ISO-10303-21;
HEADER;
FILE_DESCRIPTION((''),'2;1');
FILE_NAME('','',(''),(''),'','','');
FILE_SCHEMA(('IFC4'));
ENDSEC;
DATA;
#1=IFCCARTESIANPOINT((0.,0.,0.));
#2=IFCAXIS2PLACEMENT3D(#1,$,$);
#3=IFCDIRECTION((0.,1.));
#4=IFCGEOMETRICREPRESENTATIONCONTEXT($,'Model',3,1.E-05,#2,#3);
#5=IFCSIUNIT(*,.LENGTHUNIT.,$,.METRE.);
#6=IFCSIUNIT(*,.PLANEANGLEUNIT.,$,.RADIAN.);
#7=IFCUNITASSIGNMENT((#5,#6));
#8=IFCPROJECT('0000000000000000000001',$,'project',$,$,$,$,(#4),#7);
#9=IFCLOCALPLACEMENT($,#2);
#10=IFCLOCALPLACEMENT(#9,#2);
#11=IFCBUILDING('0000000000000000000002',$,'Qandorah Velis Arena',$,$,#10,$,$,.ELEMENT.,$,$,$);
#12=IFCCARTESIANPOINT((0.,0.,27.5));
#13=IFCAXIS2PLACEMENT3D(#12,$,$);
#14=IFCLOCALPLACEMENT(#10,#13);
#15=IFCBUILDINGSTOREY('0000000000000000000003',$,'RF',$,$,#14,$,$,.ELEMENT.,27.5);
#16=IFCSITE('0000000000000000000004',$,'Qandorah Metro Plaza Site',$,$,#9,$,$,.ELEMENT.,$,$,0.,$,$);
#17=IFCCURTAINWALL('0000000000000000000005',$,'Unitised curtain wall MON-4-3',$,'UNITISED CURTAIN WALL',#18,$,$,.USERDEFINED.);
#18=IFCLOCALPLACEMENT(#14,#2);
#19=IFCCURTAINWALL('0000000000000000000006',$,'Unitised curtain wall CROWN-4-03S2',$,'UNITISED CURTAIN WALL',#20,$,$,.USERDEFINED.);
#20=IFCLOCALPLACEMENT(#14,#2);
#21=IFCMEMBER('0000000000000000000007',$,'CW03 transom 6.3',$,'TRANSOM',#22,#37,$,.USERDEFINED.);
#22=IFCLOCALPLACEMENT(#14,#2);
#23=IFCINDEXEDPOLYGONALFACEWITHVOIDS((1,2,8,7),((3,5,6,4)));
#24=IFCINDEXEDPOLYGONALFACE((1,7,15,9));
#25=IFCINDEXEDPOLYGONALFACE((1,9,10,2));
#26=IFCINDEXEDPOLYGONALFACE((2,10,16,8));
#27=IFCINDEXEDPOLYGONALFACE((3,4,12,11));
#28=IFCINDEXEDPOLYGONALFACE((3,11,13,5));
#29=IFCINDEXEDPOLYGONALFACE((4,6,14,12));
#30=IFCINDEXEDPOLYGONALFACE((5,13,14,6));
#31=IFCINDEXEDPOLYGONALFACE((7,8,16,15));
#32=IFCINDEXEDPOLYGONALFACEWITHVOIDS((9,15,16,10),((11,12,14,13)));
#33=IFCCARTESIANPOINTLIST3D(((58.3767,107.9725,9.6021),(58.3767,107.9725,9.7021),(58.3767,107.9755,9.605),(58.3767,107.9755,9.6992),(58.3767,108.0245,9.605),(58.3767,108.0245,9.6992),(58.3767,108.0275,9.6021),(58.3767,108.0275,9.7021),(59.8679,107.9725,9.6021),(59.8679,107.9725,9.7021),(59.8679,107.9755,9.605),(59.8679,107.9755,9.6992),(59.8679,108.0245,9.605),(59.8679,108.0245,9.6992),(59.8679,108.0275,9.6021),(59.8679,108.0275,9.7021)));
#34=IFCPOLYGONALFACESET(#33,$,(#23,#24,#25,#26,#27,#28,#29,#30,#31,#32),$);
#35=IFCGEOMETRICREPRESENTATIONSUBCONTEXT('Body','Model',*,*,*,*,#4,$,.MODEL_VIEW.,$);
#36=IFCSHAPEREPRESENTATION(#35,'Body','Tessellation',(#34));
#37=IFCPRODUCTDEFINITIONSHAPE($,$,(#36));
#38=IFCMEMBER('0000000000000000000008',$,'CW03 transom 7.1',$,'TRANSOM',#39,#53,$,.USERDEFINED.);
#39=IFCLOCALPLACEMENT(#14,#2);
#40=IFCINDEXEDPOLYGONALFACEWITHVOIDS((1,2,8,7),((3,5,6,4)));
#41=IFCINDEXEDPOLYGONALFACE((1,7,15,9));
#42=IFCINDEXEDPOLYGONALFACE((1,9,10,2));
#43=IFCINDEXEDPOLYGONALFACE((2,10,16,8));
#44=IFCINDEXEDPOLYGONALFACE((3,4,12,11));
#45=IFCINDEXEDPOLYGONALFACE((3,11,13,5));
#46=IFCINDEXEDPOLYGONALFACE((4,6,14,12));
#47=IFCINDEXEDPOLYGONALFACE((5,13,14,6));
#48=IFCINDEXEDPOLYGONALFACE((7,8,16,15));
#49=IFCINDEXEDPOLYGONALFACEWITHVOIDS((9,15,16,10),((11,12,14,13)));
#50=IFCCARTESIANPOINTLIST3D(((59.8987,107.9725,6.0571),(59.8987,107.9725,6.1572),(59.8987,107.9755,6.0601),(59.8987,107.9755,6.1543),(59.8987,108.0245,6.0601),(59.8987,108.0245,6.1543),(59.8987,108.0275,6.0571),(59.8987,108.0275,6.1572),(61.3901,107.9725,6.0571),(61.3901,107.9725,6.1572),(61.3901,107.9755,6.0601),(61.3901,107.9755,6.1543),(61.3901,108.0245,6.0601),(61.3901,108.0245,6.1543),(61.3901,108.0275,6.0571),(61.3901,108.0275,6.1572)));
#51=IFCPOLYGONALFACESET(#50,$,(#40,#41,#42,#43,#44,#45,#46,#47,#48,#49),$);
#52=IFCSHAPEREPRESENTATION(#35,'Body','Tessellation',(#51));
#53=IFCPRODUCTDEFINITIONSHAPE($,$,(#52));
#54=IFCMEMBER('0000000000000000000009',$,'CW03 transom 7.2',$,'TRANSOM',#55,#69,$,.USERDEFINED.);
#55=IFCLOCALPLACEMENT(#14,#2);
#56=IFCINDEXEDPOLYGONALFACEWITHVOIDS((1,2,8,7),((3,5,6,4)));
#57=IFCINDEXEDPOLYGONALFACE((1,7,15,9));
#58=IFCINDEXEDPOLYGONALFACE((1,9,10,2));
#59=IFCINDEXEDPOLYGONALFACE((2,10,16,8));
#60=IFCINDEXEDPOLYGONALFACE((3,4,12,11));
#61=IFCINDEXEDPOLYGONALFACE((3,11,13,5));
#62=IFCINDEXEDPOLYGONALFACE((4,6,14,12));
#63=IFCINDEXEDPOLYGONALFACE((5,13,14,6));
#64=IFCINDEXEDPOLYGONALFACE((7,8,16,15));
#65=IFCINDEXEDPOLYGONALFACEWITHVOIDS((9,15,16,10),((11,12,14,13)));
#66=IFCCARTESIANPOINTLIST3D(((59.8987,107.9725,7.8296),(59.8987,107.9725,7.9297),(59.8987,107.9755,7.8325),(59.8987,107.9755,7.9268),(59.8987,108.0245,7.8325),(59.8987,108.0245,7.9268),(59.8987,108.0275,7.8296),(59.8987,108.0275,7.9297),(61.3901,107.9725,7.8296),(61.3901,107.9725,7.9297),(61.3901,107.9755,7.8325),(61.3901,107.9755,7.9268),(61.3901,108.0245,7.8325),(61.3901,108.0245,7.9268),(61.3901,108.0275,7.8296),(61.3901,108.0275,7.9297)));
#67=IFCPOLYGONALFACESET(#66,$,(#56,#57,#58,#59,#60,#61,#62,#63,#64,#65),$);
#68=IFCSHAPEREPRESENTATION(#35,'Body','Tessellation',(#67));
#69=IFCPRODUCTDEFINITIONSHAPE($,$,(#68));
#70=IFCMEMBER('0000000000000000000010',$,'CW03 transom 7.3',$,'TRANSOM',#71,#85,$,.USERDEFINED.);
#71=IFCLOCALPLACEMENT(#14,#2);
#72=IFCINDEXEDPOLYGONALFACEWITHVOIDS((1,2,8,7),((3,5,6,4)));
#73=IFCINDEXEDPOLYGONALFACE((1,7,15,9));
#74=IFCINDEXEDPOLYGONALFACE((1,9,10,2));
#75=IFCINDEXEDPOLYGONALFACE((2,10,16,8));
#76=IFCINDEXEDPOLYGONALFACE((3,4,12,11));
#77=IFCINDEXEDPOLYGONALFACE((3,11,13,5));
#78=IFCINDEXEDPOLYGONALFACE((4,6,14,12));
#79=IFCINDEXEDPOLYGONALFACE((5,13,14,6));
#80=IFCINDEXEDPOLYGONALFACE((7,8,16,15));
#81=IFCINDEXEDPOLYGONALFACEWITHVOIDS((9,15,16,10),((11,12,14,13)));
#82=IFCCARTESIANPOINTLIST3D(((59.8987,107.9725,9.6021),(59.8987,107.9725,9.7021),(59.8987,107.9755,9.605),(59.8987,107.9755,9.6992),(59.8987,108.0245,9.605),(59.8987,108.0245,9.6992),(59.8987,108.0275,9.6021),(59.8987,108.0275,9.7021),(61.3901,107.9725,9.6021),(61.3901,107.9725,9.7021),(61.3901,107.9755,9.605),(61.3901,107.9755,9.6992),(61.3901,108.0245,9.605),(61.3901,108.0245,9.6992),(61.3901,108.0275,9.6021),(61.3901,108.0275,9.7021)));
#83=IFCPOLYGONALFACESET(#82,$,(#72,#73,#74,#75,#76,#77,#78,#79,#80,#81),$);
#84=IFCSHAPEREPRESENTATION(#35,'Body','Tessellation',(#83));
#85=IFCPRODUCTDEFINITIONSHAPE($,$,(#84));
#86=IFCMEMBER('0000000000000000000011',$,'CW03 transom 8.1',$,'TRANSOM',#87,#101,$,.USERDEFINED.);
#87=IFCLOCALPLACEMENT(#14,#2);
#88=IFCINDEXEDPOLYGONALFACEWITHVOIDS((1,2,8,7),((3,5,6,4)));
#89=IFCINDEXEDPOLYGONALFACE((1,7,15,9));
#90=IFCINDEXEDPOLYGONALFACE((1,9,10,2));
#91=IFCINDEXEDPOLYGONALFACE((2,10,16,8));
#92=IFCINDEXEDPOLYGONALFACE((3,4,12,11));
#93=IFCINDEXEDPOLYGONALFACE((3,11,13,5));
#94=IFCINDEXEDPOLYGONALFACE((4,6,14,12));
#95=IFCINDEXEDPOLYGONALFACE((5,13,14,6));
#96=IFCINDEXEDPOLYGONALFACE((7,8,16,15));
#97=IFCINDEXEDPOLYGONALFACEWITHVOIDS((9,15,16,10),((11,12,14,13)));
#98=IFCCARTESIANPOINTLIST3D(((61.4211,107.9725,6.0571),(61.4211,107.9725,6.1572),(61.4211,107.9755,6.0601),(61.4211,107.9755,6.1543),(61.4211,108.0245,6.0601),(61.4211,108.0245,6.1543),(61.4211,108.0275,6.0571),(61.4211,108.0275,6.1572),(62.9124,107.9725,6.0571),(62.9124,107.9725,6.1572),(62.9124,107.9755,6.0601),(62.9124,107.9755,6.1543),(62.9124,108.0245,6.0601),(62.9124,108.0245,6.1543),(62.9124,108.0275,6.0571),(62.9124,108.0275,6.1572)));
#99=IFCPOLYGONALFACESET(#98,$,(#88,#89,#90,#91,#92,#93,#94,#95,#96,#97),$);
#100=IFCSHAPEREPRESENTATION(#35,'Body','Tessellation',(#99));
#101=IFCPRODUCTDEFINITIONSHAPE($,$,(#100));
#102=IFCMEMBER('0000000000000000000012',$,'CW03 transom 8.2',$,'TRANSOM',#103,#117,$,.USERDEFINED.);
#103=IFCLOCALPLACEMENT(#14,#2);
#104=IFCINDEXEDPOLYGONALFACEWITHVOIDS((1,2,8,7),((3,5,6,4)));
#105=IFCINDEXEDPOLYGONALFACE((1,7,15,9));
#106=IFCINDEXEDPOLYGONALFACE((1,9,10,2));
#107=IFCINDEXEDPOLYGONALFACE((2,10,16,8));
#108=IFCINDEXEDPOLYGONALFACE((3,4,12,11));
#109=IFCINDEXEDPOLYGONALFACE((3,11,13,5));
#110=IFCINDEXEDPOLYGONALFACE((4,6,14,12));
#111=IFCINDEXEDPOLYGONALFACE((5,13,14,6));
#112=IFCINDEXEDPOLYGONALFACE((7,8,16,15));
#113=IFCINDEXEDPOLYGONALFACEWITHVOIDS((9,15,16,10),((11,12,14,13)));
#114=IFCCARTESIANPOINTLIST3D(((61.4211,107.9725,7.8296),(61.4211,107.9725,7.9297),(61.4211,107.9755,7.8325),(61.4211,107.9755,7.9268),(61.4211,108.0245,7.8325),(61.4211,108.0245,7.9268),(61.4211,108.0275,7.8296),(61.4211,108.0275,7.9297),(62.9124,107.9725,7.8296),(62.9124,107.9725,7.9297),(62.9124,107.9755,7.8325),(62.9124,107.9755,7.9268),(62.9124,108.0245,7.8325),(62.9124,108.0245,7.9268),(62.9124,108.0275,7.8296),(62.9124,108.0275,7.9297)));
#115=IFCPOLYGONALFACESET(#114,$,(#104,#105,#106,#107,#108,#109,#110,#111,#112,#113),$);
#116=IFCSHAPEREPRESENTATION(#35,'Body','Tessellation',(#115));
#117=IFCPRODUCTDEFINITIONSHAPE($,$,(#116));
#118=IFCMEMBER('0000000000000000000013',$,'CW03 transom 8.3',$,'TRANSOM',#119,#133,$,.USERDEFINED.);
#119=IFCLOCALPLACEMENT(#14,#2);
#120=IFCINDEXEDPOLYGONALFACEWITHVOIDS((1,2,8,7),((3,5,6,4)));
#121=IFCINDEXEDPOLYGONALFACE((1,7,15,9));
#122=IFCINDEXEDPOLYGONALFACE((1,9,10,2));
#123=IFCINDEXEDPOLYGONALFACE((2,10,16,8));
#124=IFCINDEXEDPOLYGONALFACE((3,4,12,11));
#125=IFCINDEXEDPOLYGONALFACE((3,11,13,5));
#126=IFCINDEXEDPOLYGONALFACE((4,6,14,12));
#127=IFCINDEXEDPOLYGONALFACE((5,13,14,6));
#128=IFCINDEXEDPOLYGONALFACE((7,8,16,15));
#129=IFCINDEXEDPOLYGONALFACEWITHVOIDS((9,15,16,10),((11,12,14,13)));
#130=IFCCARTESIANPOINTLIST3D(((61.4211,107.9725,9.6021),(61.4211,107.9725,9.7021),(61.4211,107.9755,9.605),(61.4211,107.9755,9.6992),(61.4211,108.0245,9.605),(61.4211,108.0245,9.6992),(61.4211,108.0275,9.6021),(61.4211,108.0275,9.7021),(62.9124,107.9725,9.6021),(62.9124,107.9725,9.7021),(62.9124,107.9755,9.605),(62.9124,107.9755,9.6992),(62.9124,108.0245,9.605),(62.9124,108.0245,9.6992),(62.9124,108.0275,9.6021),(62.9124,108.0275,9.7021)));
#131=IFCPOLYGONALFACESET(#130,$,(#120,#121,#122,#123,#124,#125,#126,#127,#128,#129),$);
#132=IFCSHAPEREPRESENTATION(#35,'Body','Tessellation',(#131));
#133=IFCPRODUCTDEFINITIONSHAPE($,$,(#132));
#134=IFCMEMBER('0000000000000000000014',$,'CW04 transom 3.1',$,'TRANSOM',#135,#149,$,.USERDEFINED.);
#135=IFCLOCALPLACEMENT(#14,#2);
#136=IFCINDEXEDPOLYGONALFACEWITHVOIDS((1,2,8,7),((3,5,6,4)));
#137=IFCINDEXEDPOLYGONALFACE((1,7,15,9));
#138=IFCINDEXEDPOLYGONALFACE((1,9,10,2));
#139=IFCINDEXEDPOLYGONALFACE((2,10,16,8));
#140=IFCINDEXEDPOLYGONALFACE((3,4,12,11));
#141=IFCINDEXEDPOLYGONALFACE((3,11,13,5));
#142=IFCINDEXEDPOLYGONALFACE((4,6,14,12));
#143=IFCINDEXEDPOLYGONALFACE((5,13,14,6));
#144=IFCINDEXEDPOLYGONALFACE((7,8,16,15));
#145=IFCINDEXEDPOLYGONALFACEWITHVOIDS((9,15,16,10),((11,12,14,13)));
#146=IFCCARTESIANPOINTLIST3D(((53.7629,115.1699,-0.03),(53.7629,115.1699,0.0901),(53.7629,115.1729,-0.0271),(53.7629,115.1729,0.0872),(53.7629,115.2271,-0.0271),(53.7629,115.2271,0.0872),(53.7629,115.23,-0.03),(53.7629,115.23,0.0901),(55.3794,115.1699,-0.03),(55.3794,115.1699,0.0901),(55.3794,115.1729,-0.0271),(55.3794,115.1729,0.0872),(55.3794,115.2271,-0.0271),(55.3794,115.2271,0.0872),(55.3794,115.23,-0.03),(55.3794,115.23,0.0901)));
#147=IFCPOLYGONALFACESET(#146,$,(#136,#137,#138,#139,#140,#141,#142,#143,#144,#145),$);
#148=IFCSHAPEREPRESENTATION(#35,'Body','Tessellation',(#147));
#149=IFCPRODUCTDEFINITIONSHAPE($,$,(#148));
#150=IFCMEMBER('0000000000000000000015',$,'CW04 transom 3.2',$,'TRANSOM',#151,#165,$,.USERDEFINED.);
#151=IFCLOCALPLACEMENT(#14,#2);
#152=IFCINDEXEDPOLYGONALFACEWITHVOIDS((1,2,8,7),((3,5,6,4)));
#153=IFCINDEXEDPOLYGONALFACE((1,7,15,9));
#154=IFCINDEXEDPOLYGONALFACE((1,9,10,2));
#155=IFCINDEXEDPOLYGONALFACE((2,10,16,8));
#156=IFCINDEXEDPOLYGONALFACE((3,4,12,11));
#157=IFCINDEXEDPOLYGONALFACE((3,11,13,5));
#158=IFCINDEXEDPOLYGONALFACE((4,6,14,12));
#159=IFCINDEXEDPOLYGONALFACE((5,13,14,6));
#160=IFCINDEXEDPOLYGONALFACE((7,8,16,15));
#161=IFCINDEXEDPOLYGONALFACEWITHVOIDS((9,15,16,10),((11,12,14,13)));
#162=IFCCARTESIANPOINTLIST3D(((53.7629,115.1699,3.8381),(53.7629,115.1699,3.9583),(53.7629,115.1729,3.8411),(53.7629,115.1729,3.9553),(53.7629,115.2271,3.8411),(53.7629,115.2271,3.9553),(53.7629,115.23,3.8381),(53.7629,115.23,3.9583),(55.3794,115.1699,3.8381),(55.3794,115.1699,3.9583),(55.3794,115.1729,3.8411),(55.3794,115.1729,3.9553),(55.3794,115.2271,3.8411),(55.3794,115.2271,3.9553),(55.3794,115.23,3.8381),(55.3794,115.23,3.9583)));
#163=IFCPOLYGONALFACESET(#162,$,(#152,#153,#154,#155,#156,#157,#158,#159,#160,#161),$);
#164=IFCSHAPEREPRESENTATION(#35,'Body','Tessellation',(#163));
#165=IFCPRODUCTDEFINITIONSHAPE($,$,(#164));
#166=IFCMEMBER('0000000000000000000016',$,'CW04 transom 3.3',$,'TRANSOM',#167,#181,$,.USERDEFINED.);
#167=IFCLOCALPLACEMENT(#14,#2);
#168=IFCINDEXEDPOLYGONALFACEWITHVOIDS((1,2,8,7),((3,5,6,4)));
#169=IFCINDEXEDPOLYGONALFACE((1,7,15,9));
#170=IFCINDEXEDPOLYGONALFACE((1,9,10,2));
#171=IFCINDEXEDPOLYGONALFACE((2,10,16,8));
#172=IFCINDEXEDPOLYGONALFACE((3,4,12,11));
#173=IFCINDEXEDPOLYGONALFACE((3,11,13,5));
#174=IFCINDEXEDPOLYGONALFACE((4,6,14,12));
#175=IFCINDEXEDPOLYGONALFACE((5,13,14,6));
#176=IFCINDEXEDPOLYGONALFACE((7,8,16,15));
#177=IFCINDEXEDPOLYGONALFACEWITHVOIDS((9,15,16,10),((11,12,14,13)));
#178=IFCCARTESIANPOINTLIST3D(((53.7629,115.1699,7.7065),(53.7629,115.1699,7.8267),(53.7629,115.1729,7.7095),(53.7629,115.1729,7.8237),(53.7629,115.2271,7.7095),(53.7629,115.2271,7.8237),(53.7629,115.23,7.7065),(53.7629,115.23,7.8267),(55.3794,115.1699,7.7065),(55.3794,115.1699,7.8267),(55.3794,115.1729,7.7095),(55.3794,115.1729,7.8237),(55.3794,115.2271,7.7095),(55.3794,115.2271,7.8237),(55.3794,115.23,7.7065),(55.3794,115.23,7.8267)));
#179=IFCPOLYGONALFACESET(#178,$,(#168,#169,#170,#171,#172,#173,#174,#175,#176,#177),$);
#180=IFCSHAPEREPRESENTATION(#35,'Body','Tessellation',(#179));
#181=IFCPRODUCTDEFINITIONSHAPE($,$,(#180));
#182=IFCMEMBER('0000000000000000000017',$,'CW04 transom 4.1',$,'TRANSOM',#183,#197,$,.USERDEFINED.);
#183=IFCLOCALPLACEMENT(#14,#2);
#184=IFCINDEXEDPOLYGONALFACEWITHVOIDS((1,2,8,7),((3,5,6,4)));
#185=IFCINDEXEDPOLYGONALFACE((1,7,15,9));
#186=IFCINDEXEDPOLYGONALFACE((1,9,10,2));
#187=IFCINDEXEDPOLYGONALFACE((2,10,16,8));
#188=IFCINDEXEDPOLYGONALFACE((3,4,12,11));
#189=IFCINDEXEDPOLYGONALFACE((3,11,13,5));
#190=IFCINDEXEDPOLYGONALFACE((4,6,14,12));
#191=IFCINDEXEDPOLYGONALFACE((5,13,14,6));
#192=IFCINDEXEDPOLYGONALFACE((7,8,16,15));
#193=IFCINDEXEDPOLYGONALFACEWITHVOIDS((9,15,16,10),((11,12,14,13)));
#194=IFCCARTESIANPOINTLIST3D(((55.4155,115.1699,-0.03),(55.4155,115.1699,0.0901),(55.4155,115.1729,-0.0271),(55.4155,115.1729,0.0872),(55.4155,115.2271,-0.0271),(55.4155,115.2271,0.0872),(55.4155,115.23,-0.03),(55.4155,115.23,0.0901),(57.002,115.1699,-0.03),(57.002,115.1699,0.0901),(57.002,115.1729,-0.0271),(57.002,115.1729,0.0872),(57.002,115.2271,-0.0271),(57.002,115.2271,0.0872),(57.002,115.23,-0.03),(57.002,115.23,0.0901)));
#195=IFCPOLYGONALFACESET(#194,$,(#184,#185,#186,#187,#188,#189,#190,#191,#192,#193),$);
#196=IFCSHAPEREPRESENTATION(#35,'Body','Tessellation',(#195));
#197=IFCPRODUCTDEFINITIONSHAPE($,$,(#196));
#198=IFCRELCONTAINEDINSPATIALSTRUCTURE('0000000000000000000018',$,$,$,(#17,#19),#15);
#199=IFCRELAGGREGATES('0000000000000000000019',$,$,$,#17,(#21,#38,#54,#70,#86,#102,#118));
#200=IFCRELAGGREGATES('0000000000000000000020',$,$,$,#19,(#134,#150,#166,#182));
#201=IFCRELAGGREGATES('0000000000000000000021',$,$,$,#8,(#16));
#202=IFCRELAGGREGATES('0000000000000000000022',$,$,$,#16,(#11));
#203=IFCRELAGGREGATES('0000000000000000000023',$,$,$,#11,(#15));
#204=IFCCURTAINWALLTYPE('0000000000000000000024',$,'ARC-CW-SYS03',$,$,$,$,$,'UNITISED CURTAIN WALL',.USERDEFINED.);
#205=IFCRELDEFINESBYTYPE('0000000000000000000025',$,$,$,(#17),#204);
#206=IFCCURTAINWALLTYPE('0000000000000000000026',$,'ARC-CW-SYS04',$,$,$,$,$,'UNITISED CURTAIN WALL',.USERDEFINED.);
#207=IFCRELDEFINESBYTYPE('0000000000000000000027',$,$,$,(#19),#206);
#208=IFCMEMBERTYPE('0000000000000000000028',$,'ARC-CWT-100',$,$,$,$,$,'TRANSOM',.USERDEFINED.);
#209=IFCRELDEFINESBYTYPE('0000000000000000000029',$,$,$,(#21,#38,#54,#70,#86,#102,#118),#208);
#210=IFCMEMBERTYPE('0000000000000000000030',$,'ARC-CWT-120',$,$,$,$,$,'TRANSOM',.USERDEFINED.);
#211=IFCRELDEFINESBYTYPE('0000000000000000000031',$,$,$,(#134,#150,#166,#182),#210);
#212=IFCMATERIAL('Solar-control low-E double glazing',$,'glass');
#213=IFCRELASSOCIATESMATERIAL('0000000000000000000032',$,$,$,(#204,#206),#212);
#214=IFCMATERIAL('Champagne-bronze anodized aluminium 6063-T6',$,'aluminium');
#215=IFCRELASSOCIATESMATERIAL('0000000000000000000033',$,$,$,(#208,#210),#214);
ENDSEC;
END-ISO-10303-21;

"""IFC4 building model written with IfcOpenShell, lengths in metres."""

from ifc_helpers import new_model, si_unit, direction, frame, origin, origin_2d, place, context, subcontext, project, spatial, hollow_rectangle, extrude, material, material_profile, profile_set, type_object, element, aggregate, save


model = new_model("IFC4")

# Units and contexts
model_context = context("Model", 3, precision=1e-05, world=origin(), true_north=direction((0.0, 1.0)))
body_context = subcontext(model_context, "Body", "Model", "MODEL_VIEW")
ifc_project = project(units=[si_unit("LENGTHUNIT", "METRE"), si_unit("PLANEANGLEUNIT", "RADIAN")], contexts=[model_context])

# Site, building, storey
site_placement = place(None, origin())
site = spatial("IfcSite", under=ifc_project, at=site_placement, Name="Qandorah Metro Plaza Site", CompositionType="ELEMENT", RefElevation=0.0)
building_placement = place(site_placement, origin())
building = spatial("IfcBuilding", under=site, at=building_placement, Name="Qandorah Velis Arena", CompositionType="ELEMENT")
storey_placement = place(building_placement, frame((0.0, 0.0, 27.5)))
storey = spatial("IfcBuildingStorey", under=building, at=storey_placement, Name="RF", CompositionType="ELEMENT", Elevation=27.5)

# Curtain walls
ifc_material_1 = material(Name="Solar-control low-E double glazing", Category="glass")
curtain_wall_type_1 = type_object("IfcCurtainWallType", Name="ARC-CW-SYS03", ElementType="UNITISED CURTAIN WALL", PredefinedType="USERDEFINED", material=ifc_material_1)
curtain_wall_1_placement = place(storey_placement, origin())
curtain_wall_1 = element("IfcCurtainWall", 1, at=curtain_wall_1_placement, inside=storey, type_object=curtain_wall_type_1, Name="Unitised curtain wall MON-4-3", ObjectType="UNITISED CURTAIN WALL", PredefinedType="USERDEFINED")
ifc_material_2 = material(Name="Champagne-bronze anodized aluminium 6063-T6", Category="aluminium")
curtain_wall_type_2 = type_object("IfcCurtainWallType", Name="ARC-CW-SYS04", ElementType="UNITISED CURTAIN WALL", PredefinedType="USERDEFINED", material=ifc_material_1)
curtain_wall_2_placement = place(storey_placement, origin())
curtain_wall_2 = element("IfcCurtainWall", 2, at=curtain_wall_2_placement, inside=storey, type_object=curtain_wall_type_2, Name="Unitised curtain wall CROWN-4-03S2", ObjectType="UNITISED CURTAIN WALL", PredefinedType="USERDEFINED")

# Members
ifc_material_profile_1 = material_profile(ifc_material_2, hollow_rectangle(XDim=0.0549, YDim=0.1001, WallThickness=0.0029, at=origin_2d()), Name="ALU TRANSOM 55x100")
ifc_profile_set_1 = profile_set([ifc_material_profile_1], Name="Champagne-bronze anodized aluminium 6063-T6")
member_type_1 = type_object("IfcMemberType", Name="ARC-CWT-100", ElementType="TRANSOM", PredefinedType="USERDEFINED", material=ifc_profile_set_1)
member_1_placement = place(storey_placement, frame((58.3767, 108.0, 9.6521), z_axis=(1.0, 0.0, 0.0), x_axis=(0.0, 1.0, 0.0)))
member_1 = element("IfcMember", 3, at=member_1_placement, type_object=member_type_1, Name="CW03 transom 6.3", ObjectType="TRANSOM", PredefinedType="USERDEFINED", context=body_context, shape_type="SweptSolid", body=[
    extrude(hollow_rectangle(XDim=0.0549, YDim=0.1001, WallThickness=0.0029, at=origin_2d()), origin(), (0.0, 0.0, 1.0), 1.4912),
])
member_2_placement = place(storey_placement, frame((59.8987, 108.0, 6.1072), z_axis=(1.0, 0.0, 0.0), x_axis=(0.0, 1.0, 0.0)))
member_2 = element("IfcMember", 4, at=member_2_placement, type_object=member_type_1, Name="CW03 transom 7.1", ObjectType="TRANSOM", PredefinedType="USERDEFINED", context=body_context, shape_type="SweptSolid", body=[
    extrude(hollow_rectangle(XDim=0.0549, YDim=0.1001, WallThickness=0.0029, at=origin_2d()), origin(), (0.0, 0.0, 1.0), 1.4915),
])
member_3_placement = place(storey_placement, frame((59.8987, 108.0, 7.8796), z_axis=(1.0, 0.0, 0.0), x_axis=(0.0, 1.0, 0.0)))
member_3 = element("IfcMember", 5, at=member_3_placement, type_object=member_type_1, Name="CW03 transom 7.2", ObjectType="TRANSOM", PredefinedType="USERDEFINED", context=body_context, shape_type="SweptSolid", body=[
    extrude(hollow_rectangle(XDim=0.0549, YDim=0.1001, WallThickness=0.0029, at=origin_2d()), origin(), (0.0, 0.0, 1.0), 1.4915),
])
member_4_placement = place(storey_placement, frame((59.8987, 108.0, 9.6521), z_axis=(1.0, 0.0, 0.0), x_axis=(0.0, 1.0, 0.0)))
member_4 = element("IfcMember", 6, at=member_4_placement, type_object=member_type_1, Name="CW03 transom 7.3", ObjectType="TRANSOM", PredefinedType="USERDEFINED", context=body_context, shape_type="SweptSolid", body=[
    extrude(hollow_rectangle(XDim=0.0549, YDim=0.1001, WallThickness=0.0029, at=origin_2d()), origin(), (0.0, 0.0, 1.0), 1.4915),
])
member_5_placement = place(storey_placement, frame((61.4211, 108.0, 6.1072), z_axis=(1.0, 0.0, 0.0), x_axis=(0.0, 1.0, 0.0)))
member_5 = element("IfcMember", 7, at=member_5_placement, type_object=member_type_1, Name="CW03 transom 8.1", ObjectType="TRANSOM", PredefinedType="USERDEFINED", context=body_context, shape_type="SweptSolid", body=[
    extrude(hollow_rectangle(XDim=0.0549, YDim=0.1001, WallThickness=0.0029, at=origin_2d()), origin(), (0.0, 0.0, 1.0), 1.4912),
])
member_6_placement = place(storey_placement, frame((61.4211, 108.0, 7.8796), z_axis=(1.0, 0.0, 0.0), x_axis=(0.0, 1.0, 0.0)))
member_6 = element("IfcMember", 8, at=member_6_placement, type_object=member_type_1, Name="CW03 transom 8.2", ObjectType="TRANSOM", PredefinedType="USERDEFINED", context=body_context, shape_type="SweptSolid", body=[
    extrude(hollow_rectangle(XDim=0.0549, YDim=0.1001, WallThickness=0.0029, at=origin_2d()), origin(), (0.0, 0.0, 1.0), 1.4912),
])
member_7_placement = place(storey_placement, frame((61.4211, 108.0, 9.6521), z_axis=(1.0, 0.0, 0.0), x_axis=(0.0, 1.0, 0.0)))
member_7 = element("IfcMember", 9, at=member_7_placement, type_object=member_type_1, Name="CW03 transom 8.3", ObjectType="TRANSOM", PredefinedType="USERDEFINED", context=body_context, shape_type="SweptSolid", body=[
    extrude(hollow_rectangle(XDim=0.0549, YDim=0.1001, WallThickness=0.0029, at=origin_2d()), origin(), (0.0, 0.0, 1.0), 1.4912),
])
ifc_material_profile_2 = material_profile(ifc_material_2, hollow_rectangle(XDim=0.0601, YDim=0.1201, WallThickness=0.0029, at=origin_2d()), Name="ALU TRANSOM 60x120")
ifc_profile_set_2 = profile_set([ifc_material_profile_2], Name="Champagne-bronze anodized aluminium 6063-T6")
member_type_2 = type_object("IfcMemberType", Name="ARC-CWT-120", ElementType="TRANSOM", PredefinedType="USERDEFINED", material=ifc_profile_set_2)
member_8_placement = place(storey_placement, frame((53.7629, 115.2, 0.03), z_axis=(1.0, 0.0, 0.0), x_axis=(0.0, 1.0, 0.0)))
member_8 = element("IfcMember", 10, at=member_8_placement, type_object=member_type_2, Name="CW04 transom 3.1", ObjectType="TRANSOM", PredefinedType="USERDEFINED", context=body_context, shape_type="SweptSolid", body=[
    extrude(hollow_rectangle(XDim=0.0601, YDim=0.1201, WallThickness=0.0029, at=origin_2d()), origin(), (0.0, 0.0, 1.0), 1.6165),
])
member_9_placement = place(storey_placement, frame((53.7629, 115.2, 3.8982), z_axis=(1.0, 0.0, 0.0), x_axis=(0.0, 1.0, 0.0)))
member_9 = element("IfcMember", 11, at=member_9_placement, type_object=member_type_2, Name="CW04 transom 3.2", ObjectType="TRANSOM", PredefinedType="USERDEFINED", context=body_context, shape_type="SweptSolid", body=[
    extrude(hollow_rectangle(XDim=0.0601, YDim=0.1201, WallThickness=0.0029, at=origin_2d()), origin(), (0.0, 0.0, 1.0), 1.6165),
])
member_10_placement = place(storey_placement, frame((53.7629, 115.2, 7.7666), z_axis=(1.0, 0.0, 0.0), x_axis=(0.0, 1.0, 0.0)))
member_10 = element("IfcMember", 12, at=member_10_placement, type_object=member_type_2, Name="CW04 transom 3.3", ObjectType="TRANSOM", PredefinedType="USERDEFINED", context=body_context, shape_type="SweptSolid", body=[
    extrude(hollow_rectangle(XDim=0.0601, YDim=0.1201, WallThickness=0.0029, at=origin_2d()), origin(), (0.0, 0.0, 1.0), 1.6165),
])
member_11_placement = place(storey_placement, frame((55.4155, 115.2, 0.03), z_axis=(1.0, 0.0, 0.0), x_axis=(0.0, 1.0, 0.0)))
member_11 = element("IfcMember", 13, at=member_11_placement, type_object=member_type_2, Name="CW04 transom 4.1", ObjectType="TRANSOM", PredefinedType="USERDEFINED", context=body_context, shape_type="SweptSolid", body=[
    extrude(hollow_rectangle(XDim=0.0601, YDim=0.1201, WallThickness=0.0029, at=origin_2d()), origin(), (0.0, 0.0, 1.0), 1.5864),
])

aggregate(curtain_wall_1, [member_1, member_2, member_3, member_4, member_5, member_6, member_7])
aggregate(curtain_wall_2, [member_8, member_9, member_10, member_11])

save(model, "model.ifc")
